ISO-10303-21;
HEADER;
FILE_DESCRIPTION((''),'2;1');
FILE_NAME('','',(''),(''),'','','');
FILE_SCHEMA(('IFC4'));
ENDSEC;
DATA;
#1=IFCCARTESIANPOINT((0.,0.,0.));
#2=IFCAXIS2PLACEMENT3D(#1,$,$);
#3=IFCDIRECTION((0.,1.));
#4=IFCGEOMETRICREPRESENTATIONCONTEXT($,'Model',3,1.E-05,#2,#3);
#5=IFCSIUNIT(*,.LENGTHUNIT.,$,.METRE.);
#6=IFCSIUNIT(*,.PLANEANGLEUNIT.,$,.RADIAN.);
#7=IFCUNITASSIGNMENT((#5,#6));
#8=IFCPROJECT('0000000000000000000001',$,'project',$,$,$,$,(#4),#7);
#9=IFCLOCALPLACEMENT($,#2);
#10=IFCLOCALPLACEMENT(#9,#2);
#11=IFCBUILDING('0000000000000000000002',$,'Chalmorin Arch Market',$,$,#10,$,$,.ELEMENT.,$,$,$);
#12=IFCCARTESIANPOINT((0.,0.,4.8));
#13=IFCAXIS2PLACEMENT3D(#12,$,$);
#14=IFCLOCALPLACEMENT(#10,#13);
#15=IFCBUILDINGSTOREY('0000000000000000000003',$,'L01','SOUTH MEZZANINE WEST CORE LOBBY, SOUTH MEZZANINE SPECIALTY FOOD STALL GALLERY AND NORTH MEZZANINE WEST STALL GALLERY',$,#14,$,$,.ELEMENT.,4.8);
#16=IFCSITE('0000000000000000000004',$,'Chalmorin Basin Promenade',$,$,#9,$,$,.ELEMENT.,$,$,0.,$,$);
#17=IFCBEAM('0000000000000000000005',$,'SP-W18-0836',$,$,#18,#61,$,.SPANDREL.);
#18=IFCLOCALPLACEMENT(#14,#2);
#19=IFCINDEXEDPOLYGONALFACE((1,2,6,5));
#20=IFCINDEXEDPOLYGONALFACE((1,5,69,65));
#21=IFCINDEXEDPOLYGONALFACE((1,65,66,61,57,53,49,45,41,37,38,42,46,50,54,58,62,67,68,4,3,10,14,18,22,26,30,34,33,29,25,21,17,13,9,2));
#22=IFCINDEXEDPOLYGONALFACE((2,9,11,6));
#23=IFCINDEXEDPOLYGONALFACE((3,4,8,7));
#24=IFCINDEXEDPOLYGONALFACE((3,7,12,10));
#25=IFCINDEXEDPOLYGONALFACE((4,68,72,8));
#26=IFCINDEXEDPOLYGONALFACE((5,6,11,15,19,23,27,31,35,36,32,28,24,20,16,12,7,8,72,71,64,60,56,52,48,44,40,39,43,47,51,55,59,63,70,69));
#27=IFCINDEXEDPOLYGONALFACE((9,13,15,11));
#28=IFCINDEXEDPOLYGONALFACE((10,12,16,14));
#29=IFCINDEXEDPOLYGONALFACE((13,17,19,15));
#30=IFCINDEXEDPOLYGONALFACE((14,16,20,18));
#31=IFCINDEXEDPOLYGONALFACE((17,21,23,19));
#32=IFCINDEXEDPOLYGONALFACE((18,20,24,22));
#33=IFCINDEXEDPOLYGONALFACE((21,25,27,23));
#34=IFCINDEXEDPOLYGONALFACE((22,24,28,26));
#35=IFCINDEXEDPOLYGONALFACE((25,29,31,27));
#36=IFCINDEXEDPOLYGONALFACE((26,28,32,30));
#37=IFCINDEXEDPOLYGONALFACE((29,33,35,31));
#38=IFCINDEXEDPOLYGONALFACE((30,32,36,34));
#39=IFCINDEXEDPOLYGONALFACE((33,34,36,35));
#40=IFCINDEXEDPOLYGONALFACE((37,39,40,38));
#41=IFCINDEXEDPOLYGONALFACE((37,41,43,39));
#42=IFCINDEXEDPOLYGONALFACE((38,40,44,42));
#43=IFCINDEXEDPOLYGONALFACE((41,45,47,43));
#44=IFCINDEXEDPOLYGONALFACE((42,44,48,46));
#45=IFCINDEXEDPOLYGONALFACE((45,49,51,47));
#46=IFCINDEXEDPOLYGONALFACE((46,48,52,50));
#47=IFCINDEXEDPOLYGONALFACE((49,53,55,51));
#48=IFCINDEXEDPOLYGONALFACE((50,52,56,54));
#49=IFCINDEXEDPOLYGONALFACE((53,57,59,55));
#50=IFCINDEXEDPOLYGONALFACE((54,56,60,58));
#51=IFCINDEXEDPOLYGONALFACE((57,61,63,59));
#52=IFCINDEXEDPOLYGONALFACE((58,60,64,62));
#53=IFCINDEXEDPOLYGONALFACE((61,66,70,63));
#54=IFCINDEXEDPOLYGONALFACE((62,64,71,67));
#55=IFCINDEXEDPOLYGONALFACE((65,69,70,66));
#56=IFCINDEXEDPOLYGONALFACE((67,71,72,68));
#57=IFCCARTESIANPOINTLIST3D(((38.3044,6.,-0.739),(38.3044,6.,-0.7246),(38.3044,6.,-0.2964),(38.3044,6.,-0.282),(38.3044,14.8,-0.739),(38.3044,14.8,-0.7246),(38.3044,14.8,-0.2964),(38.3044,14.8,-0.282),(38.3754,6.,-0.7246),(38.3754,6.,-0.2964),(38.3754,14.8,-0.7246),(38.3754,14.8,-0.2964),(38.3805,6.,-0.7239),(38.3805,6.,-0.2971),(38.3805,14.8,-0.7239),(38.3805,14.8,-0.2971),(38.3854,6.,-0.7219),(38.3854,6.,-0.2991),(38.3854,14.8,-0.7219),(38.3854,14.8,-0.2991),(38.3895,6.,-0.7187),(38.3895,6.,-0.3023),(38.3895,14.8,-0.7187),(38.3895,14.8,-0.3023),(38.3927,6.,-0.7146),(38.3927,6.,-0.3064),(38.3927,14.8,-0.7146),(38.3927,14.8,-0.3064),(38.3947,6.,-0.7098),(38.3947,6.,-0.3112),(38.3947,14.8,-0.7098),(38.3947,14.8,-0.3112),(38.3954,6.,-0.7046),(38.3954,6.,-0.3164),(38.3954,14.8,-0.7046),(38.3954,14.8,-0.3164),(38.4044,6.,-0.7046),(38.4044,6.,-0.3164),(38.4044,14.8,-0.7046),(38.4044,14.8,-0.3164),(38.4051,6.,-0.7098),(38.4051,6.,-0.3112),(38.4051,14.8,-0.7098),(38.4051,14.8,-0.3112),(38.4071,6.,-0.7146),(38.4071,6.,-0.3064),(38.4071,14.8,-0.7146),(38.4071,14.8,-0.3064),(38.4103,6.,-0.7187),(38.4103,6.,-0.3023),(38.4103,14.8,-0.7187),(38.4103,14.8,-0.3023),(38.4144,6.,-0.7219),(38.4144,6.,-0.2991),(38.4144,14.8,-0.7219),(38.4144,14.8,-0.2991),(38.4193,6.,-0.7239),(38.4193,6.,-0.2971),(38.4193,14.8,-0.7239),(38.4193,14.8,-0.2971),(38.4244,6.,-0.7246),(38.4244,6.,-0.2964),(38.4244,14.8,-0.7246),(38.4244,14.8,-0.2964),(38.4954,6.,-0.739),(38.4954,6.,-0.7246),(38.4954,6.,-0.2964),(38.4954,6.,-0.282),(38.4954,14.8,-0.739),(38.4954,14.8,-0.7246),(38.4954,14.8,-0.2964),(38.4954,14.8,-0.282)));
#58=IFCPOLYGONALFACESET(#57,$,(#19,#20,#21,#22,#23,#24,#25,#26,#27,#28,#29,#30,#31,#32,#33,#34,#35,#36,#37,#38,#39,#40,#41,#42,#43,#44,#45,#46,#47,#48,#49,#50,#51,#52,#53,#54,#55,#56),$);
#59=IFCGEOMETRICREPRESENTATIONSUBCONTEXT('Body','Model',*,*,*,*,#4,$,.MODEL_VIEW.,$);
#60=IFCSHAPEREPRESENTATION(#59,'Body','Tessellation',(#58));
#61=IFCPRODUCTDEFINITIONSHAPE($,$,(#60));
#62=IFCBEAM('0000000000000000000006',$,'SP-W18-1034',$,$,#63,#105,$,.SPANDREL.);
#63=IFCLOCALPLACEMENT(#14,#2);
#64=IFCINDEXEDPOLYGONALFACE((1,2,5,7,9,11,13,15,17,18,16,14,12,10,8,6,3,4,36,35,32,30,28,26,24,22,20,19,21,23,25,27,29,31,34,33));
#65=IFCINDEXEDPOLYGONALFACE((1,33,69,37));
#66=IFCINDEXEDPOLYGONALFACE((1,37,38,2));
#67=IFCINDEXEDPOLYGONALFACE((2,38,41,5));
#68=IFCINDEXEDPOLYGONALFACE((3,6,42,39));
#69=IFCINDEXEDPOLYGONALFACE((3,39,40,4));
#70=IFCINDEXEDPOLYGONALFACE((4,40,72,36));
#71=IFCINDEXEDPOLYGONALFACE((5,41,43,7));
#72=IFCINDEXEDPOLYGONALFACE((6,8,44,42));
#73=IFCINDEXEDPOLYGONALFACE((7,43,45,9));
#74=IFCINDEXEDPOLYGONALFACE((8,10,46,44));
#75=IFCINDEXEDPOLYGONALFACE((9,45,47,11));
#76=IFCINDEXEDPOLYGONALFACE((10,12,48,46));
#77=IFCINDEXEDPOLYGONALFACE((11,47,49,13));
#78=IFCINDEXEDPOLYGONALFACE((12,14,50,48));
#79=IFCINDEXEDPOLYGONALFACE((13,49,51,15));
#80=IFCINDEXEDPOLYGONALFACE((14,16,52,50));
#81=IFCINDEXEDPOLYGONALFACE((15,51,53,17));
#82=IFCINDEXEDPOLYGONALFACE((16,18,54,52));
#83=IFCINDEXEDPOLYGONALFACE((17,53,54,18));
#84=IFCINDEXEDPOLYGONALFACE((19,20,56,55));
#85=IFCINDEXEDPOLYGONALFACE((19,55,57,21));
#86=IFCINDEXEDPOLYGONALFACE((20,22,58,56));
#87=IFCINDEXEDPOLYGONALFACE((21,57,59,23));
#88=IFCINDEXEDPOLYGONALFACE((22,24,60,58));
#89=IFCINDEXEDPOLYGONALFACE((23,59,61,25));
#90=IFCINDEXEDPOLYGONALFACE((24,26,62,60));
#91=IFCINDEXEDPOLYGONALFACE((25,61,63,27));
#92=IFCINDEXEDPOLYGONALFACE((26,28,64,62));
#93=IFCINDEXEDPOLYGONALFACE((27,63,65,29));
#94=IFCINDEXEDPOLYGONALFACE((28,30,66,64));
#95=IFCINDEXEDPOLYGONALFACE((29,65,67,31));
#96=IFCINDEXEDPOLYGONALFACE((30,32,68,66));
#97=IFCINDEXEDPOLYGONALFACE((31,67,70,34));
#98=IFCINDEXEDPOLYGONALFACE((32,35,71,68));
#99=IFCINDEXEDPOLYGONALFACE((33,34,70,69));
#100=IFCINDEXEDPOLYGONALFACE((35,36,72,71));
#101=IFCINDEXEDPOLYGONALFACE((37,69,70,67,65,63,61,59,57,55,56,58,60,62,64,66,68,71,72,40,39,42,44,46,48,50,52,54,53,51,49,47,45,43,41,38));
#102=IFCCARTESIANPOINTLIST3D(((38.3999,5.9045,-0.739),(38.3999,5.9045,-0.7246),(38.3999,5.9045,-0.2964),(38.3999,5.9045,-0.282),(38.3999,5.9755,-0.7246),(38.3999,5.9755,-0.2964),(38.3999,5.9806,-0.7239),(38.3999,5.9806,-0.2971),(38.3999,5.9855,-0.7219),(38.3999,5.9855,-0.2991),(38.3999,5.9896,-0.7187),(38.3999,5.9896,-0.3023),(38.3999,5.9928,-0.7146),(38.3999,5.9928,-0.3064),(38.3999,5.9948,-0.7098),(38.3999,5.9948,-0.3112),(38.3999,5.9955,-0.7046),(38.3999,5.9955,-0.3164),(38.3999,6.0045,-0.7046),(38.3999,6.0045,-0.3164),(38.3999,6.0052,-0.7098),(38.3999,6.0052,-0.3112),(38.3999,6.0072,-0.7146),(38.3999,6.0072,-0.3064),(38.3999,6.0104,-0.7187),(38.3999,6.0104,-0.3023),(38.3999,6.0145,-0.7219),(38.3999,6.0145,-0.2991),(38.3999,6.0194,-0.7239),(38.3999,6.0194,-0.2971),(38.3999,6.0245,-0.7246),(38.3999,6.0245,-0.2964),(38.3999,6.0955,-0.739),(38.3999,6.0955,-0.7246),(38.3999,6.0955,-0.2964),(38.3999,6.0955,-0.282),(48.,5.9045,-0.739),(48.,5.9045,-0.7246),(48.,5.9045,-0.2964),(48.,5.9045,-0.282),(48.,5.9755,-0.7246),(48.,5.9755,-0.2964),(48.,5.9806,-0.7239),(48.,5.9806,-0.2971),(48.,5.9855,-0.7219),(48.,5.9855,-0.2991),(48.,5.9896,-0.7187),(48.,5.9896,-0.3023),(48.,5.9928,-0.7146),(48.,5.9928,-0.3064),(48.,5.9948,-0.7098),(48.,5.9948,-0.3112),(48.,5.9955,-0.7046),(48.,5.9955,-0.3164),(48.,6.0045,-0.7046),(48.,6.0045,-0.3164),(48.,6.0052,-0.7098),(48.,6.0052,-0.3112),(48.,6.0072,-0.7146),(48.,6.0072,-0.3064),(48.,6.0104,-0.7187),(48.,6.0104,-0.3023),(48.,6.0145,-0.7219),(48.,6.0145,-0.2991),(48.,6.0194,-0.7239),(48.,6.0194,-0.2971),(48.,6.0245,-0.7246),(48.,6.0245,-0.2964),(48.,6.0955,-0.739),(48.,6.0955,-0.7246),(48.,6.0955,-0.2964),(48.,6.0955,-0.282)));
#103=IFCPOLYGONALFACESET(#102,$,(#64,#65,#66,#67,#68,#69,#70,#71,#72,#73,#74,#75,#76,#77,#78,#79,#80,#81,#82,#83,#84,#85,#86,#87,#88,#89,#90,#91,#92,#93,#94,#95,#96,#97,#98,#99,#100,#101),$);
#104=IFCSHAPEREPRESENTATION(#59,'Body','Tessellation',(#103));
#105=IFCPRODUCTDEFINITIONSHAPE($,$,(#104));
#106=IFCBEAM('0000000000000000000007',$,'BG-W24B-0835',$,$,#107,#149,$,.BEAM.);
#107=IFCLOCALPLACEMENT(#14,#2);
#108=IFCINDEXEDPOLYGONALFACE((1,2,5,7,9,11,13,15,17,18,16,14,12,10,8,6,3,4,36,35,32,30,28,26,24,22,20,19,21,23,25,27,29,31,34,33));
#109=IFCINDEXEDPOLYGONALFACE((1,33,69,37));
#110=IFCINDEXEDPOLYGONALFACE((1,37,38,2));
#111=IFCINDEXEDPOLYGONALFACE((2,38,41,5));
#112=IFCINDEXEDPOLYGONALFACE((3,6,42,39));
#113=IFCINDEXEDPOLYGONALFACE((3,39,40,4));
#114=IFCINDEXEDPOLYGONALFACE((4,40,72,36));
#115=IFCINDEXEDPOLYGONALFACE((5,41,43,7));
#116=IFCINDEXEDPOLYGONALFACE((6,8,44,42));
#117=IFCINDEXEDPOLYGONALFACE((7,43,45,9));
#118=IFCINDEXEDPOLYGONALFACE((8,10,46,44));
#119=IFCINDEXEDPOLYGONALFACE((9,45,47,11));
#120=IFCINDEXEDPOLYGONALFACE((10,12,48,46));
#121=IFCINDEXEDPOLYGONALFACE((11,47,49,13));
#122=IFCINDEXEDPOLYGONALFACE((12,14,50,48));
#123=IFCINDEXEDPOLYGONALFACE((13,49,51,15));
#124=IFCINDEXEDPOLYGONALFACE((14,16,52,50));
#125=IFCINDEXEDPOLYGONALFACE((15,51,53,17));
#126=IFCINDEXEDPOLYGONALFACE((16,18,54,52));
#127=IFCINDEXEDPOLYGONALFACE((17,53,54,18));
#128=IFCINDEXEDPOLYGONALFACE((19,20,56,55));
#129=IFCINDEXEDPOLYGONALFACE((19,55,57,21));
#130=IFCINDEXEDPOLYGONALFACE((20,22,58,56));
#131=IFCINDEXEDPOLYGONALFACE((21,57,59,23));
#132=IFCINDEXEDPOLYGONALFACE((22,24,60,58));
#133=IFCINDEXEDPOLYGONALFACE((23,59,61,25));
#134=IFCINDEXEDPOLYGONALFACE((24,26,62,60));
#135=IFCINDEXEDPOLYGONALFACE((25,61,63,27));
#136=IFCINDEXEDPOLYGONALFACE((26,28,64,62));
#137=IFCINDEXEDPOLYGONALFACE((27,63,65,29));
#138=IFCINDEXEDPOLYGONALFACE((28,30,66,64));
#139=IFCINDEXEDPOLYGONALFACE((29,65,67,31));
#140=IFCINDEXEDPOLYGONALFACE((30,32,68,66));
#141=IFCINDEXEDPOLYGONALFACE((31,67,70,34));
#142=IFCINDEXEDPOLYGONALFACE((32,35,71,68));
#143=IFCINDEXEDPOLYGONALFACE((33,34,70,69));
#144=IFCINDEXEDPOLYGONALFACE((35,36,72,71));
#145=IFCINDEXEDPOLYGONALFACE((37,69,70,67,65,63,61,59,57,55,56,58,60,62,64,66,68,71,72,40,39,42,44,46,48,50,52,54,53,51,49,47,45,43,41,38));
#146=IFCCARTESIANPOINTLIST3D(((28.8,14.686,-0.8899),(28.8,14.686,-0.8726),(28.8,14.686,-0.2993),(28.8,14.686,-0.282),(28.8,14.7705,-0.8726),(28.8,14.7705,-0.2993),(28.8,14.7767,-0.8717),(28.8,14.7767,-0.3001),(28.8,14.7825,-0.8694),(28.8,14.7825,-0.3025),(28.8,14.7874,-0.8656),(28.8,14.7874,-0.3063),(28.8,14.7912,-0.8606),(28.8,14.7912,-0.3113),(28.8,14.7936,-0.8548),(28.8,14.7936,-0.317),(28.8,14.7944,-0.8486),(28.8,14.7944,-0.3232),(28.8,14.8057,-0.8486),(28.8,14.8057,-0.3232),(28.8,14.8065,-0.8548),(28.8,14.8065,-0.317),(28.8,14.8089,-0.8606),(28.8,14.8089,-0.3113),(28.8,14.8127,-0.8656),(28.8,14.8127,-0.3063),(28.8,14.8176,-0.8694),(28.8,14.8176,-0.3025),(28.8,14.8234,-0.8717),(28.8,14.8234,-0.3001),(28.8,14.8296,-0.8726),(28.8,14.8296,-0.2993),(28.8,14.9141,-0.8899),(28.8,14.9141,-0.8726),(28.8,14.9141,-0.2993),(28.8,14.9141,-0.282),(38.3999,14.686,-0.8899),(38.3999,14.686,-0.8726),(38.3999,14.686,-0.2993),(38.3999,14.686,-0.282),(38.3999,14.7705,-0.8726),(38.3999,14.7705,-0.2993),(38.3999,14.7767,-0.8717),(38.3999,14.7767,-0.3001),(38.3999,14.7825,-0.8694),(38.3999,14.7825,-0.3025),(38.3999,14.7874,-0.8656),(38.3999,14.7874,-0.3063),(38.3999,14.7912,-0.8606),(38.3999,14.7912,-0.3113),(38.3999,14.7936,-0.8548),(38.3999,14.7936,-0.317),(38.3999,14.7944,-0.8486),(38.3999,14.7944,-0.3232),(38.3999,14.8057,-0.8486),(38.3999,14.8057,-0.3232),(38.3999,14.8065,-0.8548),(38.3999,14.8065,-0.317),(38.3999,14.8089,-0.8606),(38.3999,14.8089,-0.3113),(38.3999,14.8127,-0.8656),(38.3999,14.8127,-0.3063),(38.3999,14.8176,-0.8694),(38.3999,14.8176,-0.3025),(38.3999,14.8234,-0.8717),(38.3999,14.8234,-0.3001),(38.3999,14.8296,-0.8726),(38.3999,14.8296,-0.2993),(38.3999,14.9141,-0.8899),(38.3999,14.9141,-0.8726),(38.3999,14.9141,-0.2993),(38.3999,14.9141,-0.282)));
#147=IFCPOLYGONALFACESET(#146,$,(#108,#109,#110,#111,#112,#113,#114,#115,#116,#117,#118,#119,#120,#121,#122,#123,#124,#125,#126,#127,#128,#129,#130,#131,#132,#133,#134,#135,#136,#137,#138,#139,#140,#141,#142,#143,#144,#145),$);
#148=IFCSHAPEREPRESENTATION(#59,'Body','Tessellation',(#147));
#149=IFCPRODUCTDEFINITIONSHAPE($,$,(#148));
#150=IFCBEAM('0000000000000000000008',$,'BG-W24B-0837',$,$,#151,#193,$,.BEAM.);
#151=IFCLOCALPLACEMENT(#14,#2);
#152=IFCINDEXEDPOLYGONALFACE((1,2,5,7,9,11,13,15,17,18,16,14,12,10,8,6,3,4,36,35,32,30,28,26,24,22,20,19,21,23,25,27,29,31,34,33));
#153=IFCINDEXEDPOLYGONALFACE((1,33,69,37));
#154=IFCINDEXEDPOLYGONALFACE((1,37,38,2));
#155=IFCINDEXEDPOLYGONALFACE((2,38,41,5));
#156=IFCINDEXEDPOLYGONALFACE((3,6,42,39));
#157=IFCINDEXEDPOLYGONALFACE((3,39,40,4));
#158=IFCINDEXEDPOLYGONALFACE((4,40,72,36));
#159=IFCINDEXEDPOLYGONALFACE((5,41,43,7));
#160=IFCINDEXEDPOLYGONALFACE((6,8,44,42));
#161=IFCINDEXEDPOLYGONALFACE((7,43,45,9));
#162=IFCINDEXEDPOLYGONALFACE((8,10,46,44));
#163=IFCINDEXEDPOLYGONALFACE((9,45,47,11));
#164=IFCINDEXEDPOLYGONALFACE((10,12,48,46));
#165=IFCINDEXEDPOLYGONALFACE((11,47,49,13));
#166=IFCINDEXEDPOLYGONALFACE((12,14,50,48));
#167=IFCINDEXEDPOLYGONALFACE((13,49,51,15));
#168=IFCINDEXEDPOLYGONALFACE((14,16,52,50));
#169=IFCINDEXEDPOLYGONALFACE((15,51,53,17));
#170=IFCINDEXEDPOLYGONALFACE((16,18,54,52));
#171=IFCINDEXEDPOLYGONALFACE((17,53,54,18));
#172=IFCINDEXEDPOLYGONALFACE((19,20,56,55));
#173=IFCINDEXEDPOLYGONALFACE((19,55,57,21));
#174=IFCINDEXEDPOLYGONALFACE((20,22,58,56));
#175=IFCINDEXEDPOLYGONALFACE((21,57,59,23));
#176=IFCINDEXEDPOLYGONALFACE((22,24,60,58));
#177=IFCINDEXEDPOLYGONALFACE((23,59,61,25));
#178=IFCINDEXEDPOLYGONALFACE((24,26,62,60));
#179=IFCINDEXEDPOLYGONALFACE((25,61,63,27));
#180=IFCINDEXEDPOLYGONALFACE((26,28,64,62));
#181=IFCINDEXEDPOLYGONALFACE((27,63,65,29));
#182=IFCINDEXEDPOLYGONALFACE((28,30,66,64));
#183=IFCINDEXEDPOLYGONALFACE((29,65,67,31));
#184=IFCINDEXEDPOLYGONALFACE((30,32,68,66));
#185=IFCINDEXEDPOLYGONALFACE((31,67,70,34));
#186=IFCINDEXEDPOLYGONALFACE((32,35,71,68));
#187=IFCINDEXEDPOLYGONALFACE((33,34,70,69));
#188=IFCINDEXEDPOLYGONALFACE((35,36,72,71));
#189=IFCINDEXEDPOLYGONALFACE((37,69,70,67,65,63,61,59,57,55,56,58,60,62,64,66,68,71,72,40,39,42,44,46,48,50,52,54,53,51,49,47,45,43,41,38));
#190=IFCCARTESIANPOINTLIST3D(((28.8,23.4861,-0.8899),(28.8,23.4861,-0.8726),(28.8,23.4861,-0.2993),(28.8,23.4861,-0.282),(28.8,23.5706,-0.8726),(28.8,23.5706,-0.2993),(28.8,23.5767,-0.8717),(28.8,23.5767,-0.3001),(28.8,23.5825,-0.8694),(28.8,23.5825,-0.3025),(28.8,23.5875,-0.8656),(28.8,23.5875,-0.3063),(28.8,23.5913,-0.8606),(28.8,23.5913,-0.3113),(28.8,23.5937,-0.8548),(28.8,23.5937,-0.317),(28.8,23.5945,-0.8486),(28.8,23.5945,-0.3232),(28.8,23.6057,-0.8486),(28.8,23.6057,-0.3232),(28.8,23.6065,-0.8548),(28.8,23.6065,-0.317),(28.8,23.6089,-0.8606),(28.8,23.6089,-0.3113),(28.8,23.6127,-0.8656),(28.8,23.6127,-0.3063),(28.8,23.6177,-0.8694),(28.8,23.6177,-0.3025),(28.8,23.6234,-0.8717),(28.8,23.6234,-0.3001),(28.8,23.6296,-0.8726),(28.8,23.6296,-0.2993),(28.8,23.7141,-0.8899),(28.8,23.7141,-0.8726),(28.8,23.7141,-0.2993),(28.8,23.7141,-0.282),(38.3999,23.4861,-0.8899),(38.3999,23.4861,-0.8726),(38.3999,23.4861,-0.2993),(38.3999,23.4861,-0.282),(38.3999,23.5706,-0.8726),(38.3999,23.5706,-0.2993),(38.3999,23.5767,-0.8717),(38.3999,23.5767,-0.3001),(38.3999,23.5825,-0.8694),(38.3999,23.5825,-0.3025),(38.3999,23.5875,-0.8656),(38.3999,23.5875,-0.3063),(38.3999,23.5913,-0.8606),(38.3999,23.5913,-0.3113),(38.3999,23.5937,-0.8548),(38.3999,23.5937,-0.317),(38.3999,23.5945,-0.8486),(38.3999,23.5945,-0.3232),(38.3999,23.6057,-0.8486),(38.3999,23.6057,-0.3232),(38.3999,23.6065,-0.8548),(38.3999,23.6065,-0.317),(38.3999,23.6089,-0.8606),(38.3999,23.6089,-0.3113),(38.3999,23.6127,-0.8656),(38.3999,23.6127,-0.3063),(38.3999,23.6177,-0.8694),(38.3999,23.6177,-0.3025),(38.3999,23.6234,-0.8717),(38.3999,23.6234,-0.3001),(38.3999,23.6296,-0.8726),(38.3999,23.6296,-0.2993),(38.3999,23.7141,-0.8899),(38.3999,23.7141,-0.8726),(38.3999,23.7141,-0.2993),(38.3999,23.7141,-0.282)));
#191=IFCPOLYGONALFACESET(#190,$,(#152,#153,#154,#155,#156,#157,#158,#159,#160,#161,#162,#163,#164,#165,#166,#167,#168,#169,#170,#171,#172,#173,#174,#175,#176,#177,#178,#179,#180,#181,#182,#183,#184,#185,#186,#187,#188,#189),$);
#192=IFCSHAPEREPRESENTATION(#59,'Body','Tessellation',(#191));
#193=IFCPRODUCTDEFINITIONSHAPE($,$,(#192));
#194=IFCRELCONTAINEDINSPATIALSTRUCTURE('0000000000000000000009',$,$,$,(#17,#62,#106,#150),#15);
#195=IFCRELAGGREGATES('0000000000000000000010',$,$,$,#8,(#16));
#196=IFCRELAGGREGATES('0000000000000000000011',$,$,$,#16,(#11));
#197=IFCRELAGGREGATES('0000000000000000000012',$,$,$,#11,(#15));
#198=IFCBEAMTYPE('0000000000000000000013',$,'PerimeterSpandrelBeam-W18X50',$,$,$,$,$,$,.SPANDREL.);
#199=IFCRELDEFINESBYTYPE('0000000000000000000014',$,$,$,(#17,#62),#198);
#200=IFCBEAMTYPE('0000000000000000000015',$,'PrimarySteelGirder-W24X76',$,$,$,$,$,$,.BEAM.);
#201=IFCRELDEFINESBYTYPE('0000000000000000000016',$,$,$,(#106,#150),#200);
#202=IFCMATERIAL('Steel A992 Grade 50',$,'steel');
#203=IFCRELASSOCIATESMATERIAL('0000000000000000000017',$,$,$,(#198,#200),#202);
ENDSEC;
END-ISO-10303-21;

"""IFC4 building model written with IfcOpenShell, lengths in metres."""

from ifc_helpers import new_model, si_unit, direction, frame, origin, origin_2d, place, context, subcontext, project, spatial, i_section, extrude, material, material_profile, profile_set, type_object, element, save


model = new_model("IFC4")

# Units and contexts
model_context = context("Model", 3, precision=1e-05, world=origin(), true_north=direction((0.0, 1.0)))
body_context = subcontext(model_context, "Body", "Model", "MODEL_VIEW")
ifc_project = project(units=[si_unit("LENGTHUNIT", "METRE"), si_unit("PLANEANGLEUNIT", "RADIAN")], contexts=[model_context])

# Site, building, storey
site_placement = place(None, origin())
site = spatial("IfcSite", under=ifc_project, at=site_placement, Name="Chalmorin Basin Promenade", CompositionType="ELEMENT", RefElevation=0.0)
building_placement = place(site_placement, origin())
building = spatial("IfcBuilding", under=site, at=building_placement, Name="Chalmorin Arch Market", CompositionType="ELEMENT")
storey_placement = place(building_placement, frame((0.0, 0.0, 4.8)))
storey = spatial("IfcBuildingStorey", under=building, at=storey_placement, Name="L01", Description="SOUTH MEZZANINE WEST CORE LOBBY, SOUTH MEZZANINE SPECIALTY FOOD STALL GALLERY AND NORTH MEZZANINE WEST STALL GALLERY", CompositionType="ELEMENT", Elevation=4.8)

# Shared definitions
ifc_material_1 = material(Name="Steel A992 Grade 50", Category="steel")

# Beams
ifc_material_profile_1 = material_profile(ifc_material_1, i_section(OverallWidth=0.1909, OverallDepth=0.457, WebThickness=0.009, FlangeThickness=0.0144, FilletRadius=0.02, at=origin_2d()), Name="W18X50")
ifc_profile_set_1 = profile_set([ifc_material_profile_1], Name="Steel A992 Grade 50")
beam_type_1 = type_object("IfcBeamType", Name="PerimeterSpandrelBeam-W18X50", PredefinedType="SPANDREL", material=ifc_profile_set_1)
beam_1_placement = place(storey_placement, frame((38.3999, 6.0, -0.5105), z_axis=(0.0, 1.0, 0.0), x_axis=(-1.0, 0.0, 0.0)))
element("IfcBeam", 1, at=beam_1_placement, inside=storey, type_object=beam_type_1, Name="SP-W18-0836", PredefinedType="SPANDREL", context=body_context, shape_type="SweptSolid", body=[
    extrude(i_section(OverallWidth=0.1909, OverallDepth=0.457, WebThickness=0.009, FlangeThickness=0.0144, FilletRadius=0.02, at=origin_2d()), origin(), (0.0, 0.0, 1.0), 8.8),
])
beam_2_placement = place(storey_placement, frame((38.3999, 6.0, -0.5105), z_axis=(1.0, 0.0, 0.0), x_axis=(0.0, 1.0, 0.0)))
element("IfcBeam", 2, at=beam_2_placement, inside=storey, type_object=beam_type_1, Name="SP-W18-1034", PredefinedType="SPANDREL", context=body_context, shape_type="SweptSolid", body=[
    extrude(i_section(OverallWidth=0.1909, OverallDepth=0.457, WebThickness=0.009, FlangeThickness=0.0144, FilletRadius=0.02, at=origin_2d()), origin(), (0.0, 0.0, 1.0), 9.6001),
])
ifc_material_profile_2 = material_profile(ifc_material_1, i_section(OverallWidth=0.228, OverallDepth=0.6079, WebThickness=0.0112, FlangeThickness=0.0173, FilletRadius=0.0239, at=origin_2d()), Name="W24X76")
ifc_profile_set_2 = profile_set([ifc_material_profile_2], Name="Steel A992 Grade 50")
beam_type_2 = type_object("IfcBeamType", Name="PrimarySteelGirder-W24X76", PredefinedType="BEAM", material=ifc_profile_set_2)
for number, where, z_axis, x_axis, name in (
    (3, (28.8, 14.8, -0.5859), (1.0, 0.0, 0.0), (0.0, 1.0, 0.0), "BG-W24B-0835"),
    (4, (28.8, 23.6001, -0.5859), (1.0, 0.0, 0.0), (0.0, 1.0, 0.0), "BG-W24B-0837"),
):
    element("IfcBeam", number, at=place(storey_placement, frame(where, z_axis=z_axis, x_axis=x_axis)), inside=storey, type_object=beam_type_2, Name=name, PredefinedType="BEAM", context=body_context, shape_type="SweptSolid", body=[
        extrude(i_section(OverallWidth=0.228, OverallDepth=0.6079, WebThickness=0.0112, FlangeThickness=0.0173, FilletRadius=0.0239, at=origin_2d()), origin(), (0.0, 0.0, 1.0), 9.5999),
    ])

save(model, "model.ifc")
